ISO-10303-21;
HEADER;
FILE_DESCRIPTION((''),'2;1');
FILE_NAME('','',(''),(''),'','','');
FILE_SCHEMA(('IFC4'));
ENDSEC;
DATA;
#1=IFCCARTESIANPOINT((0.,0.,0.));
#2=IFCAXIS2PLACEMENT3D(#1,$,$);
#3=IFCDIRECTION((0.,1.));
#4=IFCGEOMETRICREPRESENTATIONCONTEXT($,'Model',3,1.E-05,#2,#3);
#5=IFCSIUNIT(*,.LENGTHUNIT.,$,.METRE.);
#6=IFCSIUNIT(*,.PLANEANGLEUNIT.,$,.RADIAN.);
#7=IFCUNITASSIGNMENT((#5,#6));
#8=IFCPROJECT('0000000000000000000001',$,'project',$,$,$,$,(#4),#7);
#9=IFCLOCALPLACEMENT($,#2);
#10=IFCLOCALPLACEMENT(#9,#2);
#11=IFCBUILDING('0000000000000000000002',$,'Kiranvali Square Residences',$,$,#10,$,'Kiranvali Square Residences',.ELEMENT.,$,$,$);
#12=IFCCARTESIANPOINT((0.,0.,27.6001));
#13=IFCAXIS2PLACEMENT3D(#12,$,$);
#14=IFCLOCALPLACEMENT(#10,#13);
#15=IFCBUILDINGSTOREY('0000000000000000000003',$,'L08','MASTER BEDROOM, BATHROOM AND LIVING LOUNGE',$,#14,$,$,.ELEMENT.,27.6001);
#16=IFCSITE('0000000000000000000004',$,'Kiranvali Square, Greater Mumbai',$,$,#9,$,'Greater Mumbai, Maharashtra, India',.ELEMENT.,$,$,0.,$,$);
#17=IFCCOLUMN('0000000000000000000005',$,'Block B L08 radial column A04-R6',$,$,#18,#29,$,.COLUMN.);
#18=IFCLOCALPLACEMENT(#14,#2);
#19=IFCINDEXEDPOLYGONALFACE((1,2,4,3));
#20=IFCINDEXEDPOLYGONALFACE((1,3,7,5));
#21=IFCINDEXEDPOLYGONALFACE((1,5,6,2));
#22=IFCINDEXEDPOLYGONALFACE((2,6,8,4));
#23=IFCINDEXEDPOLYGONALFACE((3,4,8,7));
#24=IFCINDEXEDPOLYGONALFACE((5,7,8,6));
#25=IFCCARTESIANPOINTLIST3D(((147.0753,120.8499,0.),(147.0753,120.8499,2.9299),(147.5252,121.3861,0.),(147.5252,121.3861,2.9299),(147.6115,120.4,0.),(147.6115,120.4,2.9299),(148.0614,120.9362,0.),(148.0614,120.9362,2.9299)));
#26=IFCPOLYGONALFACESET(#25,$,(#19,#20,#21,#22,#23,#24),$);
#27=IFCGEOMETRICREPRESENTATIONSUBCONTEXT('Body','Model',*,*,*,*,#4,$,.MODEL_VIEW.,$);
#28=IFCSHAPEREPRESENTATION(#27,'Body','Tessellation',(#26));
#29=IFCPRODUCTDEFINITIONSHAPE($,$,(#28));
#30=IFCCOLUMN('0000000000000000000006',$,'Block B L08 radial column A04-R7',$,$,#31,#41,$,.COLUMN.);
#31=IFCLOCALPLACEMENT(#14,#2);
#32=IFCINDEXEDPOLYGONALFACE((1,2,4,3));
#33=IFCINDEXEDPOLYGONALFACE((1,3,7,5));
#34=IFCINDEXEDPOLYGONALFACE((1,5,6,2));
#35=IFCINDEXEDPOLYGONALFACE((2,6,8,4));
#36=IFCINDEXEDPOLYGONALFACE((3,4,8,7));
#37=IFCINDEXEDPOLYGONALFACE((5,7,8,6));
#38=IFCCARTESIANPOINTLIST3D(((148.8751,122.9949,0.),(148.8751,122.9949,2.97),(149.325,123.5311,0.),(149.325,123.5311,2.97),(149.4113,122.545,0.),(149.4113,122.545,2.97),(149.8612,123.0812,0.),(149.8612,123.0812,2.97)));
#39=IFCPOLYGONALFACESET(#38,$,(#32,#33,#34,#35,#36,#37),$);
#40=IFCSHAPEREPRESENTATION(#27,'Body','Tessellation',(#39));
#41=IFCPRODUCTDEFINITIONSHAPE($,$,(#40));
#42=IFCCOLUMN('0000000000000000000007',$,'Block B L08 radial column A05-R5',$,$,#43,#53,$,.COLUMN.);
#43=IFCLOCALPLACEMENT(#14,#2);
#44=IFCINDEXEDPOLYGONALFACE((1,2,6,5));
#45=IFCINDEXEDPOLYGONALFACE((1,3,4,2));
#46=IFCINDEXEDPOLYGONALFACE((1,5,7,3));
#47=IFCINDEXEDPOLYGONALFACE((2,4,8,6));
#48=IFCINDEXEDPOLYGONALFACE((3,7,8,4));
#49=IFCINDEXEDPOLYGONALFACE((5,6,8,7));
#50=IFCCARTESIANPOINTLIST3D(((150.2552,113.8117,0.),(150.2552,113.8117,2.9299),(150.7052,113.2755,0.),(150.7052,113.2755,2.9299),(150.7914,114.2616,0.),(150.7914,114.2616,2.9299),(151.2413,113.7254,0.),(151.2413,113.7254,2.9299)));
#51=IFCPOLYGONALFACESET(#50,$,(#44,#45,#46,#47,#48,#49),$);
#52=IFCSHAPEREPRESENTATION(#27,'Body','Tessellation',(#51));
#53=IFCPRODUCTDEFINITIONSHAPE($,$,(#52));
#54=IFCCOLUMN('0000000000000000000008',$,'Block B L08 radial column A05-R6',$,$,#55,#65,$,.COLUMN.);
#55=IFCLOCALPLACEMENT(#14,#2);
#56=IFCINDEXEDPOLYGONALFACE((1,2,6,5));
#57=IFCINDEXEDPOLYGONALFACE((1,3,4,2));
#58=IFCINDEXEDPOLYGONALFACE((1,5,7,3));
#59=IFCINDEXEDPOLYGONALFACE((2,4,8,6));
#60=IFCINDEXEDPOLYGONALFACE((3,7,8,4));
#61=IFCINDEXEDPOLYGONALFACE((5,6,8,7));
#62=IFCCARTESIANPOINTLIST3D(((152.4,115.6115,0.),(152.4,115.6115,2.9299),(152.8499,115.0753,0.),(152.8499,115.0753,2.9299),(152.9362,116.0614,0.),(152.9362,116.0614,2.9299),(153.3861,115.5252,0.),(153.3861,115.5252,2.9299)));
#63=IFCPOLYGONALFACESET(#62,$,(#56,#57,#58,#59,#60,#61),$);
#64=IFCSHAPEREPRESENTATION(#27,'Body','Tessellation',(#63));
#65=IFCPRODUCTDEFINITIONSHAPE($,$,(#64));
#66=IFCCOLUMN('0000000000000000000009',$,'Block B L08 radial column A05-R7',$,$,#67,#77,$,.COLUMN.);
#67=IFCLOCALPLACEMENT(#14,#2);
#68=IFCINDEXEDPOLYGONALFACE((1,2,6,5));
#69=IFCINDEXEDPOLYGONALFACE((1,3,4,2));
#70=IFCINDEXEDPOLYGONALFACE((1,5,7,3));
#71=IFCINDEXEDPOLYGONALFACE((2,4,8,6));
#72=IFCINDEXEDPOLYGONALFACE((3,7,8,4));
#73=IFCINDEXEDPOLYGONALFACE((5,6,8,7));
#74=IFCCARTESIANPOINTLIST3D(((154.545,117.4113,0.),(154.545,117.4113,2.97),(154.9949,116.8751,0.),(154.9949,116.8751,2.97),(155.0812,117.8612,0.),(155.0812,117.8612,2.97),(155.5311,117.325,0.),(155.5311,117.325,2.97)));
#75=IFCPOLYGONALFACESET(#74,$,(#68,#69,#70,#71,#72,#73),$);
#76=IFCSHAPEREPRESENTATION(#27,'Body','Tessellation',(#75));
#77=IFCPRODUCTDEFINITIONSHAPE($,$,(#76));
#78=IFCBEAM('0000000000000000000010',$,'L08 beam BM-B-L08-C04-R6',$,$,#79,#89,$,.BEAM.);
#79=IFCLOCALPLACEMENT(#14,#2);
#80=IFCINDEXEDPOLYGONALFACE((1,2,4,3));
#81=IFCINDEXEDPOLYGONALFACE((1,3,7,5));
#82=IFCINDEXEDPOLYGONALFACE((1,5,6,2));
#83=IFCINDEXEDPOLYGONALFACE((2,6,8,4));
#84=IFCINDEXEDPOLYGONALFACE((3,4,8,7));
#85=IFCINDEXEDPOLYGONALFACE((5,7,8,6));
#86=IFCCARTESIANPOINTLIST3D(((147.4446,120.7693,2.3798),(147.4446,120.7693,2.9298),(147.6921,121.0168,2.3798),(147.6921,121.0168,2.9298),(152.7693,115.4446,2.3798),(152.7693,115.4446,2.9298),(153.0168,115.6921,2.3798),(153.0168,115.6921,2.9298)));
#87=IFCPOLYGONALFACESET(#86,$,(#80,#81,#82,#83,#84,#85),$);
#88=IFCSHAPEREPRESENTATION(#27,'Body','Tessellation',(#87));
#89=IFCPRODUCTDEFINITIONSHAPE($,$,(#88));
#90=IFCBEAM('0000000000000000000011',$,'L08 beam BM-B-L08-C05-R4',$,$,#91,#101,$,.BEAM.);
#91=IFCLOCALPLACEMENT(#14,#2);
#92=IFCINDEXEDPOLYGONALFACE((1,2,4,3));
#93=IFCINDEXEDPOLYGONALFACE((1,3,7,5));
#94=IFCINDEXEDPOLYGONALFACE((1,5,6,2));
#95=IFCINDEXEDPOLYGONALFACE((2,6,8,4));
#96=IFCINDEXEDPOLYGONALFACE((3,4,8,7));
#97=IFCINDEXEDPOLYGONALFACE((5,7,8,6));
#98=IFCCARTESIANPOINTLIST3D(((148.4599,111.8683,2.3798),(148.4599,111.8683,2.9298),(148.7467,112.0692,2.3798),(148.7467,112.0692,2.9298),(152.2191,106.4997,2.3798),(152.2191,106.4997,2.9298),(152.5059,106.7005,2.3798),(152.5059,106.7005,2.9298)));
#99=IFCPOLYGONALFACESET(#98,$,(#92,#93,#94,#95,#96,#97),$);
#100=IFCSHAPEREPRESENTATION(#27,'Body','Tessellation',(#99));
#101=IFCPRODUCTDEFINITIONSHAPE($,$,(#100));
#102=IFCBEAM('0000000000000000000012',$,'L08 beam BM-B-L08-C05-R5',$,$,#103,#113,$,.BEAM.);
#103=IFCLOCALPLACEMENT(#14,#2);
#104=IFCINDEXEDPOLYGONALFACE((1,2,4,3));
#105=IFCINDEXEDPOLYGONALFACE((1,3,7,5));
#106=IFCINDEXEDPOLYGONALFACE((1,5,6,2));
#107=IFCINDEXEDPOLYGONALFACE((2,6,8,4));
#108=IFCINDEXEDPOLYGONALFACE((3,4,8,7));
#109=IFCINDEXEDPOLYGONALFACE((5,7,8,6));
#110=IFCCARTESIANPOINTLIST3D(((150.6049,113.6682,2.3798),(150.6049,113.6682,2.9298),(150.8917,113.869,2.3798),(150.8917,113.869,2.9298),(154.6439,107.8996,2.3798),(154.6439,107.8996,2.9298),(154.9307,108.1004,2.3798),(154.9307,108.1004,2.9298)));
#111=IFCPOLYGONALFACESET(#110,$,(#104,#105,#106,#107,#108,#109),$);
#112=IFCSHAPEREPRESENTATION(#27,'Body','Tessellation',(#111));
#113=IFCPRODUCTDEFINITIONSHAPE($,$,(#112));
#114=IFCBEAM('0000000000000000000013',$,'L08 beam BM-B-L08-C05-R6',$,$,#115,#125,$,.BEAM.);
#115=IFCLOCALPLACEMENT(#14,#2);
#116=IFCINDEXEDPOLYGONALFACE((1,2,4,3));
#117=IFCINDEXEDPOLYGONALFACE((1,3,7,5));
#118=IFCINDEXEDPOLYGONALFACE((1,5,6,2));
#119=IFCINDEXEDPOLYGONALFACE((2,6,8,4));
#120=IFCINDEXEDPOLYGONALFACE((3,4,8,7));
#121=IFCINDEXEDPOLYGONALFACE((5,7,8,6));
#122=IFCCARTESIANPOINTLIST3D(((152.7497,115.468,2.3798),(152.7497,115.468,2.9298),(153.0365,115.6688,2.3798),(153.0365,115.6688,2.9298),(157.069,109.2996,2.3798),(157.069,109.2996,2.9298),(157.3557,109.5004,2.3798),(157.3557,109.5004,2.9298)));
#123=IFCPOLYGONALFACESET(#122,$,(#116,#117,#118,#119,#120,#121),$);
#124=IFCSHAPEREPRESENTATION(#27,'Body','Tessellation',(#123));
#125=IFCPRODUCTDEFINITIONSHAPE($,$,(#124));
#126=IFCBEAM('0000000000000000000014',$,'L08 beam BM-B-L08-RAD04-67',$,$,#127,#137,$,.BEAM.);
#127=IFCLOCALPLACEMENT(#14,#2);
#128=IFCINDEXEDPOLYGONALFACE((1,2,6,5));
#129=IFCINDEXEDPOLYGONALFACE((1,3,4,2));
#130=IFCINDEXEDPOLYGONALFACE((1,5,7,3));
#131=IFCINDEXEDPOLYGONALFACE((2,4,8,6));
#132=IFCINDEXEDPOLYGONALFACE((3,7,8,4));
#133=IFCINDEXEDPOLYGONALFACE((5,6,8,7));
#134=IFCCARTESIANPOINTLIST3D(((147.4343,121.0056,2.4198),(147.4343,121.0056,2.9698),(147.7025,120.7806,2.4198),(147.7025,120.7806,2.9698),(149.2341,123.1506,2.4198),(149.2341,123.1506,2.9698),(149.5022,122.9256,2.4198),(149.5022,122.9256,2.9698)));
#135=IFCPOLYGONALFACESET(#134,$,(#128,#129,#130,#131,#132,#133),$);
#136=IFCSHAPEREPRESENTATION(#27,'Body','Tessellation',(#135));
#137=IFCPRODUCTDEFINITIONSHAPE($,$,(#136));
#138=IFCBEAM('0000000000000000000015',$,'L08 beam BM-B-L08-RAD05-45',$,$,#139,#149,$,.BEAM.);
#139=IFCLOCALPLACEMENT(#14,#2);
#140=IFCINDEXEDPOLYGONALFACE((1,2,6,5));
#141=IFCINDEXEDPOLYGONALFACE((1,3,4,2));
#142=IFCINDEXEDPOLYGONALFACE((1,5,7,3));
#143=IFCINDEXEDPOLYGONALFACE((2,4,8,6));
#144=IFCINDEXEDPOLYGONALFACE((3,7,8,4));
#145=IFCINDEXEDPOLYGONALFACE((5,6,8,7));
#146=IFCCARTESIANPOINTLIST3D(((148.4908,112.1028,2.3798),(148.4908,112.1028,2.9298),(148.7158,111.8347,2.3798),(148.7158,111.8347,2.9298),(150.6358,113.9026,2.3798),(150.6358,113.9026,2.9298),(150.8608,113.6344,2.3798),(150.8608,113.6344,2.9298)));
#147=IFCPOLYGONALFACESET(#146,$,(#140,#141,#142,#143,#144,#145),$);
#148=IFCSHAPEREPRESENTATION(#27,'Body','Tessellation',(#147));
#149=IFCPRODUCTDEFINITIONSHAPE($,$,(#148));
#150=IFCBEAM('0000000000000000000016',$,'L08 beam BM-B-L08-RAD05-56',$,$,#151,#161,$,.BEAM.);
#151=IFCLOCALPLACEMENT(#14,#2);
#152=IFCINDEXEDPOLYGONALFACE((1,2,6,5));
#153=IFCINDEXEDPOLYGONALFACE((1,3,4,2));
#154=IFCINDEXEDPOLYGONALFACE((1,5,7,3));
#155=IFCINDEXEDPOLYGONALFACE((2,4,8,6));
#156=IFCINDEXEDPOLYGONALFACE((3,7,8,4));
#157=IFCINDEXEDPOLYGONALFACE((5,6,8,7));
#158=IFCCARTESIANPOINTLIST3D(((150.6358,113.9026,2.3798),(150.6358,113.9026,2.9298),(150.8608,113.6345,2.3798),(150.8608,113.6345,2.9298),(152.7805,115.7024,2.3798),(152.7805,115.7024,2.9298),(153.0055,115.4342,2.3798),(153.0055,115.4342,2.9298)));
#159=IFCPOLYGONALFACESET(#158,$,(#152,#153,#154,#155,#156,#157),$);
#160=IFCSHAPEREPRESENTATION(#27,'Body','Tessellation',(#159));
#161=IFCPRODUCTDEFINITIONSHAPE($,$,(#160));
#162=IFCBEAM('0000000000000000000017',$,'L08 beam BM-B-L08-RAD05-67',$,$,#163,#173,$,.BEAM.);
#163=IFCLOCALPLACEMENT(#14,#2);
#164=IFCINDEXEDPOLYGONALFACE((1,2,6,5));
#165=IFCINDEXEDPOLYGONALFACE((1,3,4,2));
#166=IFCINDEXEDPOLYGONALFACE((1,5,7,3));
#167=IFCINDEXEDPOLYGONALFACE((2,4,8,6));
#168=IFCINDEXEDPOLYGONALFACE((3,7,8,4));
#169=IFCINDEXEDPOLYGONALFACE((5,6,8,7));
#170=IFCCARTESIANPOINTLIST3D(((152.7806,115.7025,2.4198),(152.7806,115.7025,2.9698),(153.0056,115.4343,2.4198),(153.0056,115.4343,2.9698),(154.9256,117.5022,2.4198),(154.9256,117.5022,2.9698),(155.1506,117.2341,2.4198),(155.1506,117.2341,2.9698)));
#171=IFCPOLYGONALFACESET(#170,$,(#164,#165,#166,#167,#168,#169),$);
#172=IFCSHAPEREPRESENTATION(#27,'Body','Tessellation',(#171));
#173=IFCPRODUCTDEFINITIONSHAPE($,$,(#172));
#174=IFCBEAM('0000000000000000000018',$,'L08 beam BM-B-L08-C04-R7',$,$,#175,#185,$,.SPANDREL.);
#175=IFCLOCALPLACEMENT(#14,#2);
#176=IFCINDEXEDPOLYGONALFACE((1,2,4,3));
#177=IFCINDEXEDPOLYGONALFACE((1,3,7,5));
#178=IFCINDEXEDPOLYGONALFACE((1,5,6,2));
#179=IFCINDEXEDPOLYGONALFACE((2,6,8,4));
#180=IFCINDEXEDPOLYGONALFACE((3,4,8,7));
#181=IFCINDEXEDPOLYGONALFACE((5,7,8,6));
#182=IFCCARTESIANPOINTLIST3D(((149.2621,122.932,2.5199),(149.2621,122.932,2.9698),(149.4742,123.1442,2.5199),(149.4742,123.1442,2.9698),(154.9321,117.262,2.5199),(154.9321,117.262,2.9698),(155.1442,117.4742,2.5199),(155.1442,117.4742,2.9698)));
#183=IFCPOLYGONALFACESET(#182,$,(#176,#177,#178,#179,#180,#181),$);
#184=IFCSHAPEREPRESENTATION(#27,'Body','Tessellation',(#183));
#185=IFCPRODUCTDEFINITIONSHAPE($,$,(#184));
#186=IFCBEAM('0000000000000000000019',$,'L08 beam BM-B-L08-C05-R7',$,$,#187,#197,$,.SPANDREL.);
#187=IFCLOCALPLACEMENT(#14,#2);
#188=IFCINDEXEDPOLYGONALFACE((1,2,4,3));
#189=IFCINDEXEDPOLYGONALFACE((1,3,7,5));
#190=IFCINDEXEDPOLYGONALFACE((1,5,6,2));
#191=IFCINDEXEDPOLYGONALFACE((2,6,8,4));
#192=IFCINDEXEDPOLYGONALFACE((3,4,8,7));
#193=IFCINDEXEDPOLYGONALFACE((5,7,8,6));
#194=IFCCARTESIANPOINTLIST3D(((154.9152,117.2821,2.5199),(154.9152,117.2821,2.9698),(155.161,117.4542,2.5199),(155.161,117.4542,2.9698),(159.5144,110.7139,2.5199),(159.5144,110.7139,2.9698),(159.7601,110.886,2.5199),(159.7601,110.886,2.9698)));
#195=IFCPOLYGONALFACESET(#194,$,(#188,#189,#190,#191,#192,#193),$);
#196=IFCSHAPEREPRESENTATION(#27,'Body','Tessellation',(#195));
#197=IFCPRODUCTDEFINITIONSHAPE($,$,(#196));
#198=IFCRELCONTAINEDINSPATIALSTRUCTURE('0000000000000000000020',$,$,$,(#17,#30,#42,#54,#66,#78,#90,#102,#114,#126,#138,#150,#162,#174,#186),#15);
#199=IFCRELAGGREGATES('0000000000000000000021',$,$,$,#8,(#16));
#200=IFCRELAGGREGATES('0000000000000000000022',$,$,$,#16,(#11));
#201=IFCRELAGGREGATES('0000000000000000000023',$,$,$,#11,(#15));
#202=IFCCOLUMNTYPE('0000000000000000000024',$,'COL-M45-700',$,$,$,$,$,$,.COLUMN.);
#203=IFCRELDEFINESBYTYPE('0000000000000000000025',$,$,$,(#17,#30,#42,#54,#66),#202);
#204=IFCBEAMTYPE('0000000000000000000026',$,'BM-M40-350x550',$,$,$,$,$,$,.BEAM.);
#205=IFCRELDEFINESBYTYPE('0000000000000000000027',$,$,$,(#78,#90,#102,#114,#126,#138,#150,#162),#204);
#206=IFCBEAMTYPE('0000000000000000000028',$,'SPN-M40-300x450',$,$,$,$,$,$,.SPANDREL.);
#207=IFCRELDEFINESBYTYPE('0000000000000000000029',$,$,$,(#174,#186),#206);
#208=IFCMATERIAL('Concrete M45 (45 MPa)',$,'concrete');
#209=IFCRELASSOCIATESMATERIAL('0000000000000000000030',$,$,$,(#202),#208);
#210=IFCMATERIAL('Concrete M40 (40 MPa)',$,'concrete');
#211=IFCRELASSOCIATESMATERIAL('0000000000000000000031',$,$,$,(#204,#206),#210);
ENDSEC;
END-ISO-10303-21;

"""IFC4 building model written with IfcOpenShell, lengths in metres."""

from ifc_helpers import new_model, si_unit, direction, frame, origin, origin_2d, place, context, subcontext, project, spatial, rectangle, extrude, material, material_profile, profile_set, type_object, element, save


model = new_model("IFC4")

# Units and contexts
model_context = context("Model", 3, precision=1e-05, world=origin(), true_north=direction((0.0, 1.0)))
body_context = subcontext(model_context, "Body", "Model", "MODEL_VIEW")
ifc_project = project(units=[si_unit("LENGTHUNIT", "METRE"), si_unit("PLANEANGLEUNIT", "RADIAN")], contexts=[model_context])

# Site, building, storey
site_placement = place(None, origin())
site = spatial("IfcSite", under=ifc_project, at=site_placement, Name="Kiranvali Square, Greater Mumbai", LongName="Greater Mumbai, Maharashtra, India", CompositionType="ELEMENT", RefElevation=0.0)
building_placement = place(site_placement, origin())
building = spatial("IfcBuilding", under=site, at=building_placement, Name="Kiranvali Square Residences", LongName="Kiranvali Square Residences", CompositionType="ELEMENT")
storey_placement = place(building_placement, frame((0.0, 0.0, 27.6001)))
storey = spatial("IfcBuildingStorey", under=building, at=storey_placement, Name="L08", Description="MASTER BEDROOM, BATHROOM AND LIVING LOUNGE", CompositionType="ELEMENT", Elevation=27.6001)

# Columns
ifc_material_1 = material(Name="Concrete M45 (45 MPa)", Category="concrete")
ifc_material_profile_1 = material_profile(ifc_material_1, rectangle(XDim=0.7, YDim=0.7, at=origin_2d()), Name="RC 700x700")
ifc_profile_set_1 = profile_set([ifc_material_profile_1], Name="Concrete M45 (45 MPa)")
column_type = type_object("IfcColumnType", Name="COL-M45-700", PredefinedType="COLUMN", material=ifc_profile_set_1)
column_1_placement = place(storey_placement, frame((147.5684, 120.8931, 0.0), z_axis=(0.0, 0.0, 1.0), x_axis=(-0.766044, 0.642788, 0.0)))
element("IfcColumn", 1, at=column_1_placement, inside=storey, type_object=column_type, Name="Block B L08 radial column A04-R6", PredefinedType="COLUMN", context=body_context, shape_type="SweptSolid", body=[
    extrude(rectangle(XDim=0.7, YDim=0.7, at=origin_2d()), origin(), (0.0, 0.0, 1.0), 2.9299),
])
column_2_placement = place(storey_placement, frame((149.3682, 123.0381, 0.0), z_axis=(0.0, 0.0, 1.0), x_axis=(-0.766044, 0.642788, 0.0)))
element("IfcColumn", 2, at=column_2_placement, inside=storey, type_object=column_type, Name="Block B L08 radial column A04-R7", PredefinedType="COLUMN", context=body_context, shape_type="SweptSolid", body=[
    extrude(rectangle(XDim=0.7, YDim=0.7, at=origin_2d()), origin(), (0.0, 0.0, 1.0), 2.97),
])
for number, where, z_axis, x_axis, name in (
    (3, (150.7483, 113.7686, 0.0), (0.0, 0.0, 1.0), (-0.642788, 0.766044, 0.0), "Block B L08 radial column A05-R5"),
    (4, (152.8931, 115.5684, 0.0), (0.0, 0.0, 1.0), (-0.642788, 0.766044, 0.0), "Block B L08 radial column A05-R6"),
):
    element("IfcColumn", number, at=place(storey_placement, frame(where, z_axis=z_axis, x_axis=x_axis)), inside=storey, type_object=column_type, Name=name, PredefinedType="COLUMN", context=body_context, shape_type="SweptSolid", body=[
        extrude(rectangle(XDim=0.7, YDim=0.7, at=origin_2d()), origin(), (0.0, 0.0, 1.0), 2.9299),
    ])
column_3_placement = place(storey_placement, frame((155.0381, 117.3682, 0.0), z_axis=(0.0, 0.0, 1.0), x_axis=(-0.642788, 0.766044, 0.0)))
element("IfcColumn", 5, at=column_3_placement, inside=storey, type_object=column_type, Name="Block B L08 radial column A05-R7", PredefinedType="COLUMN", context=body_context, shape_type="SweptSolid", body=[
    extrude(rectangle(XDim=0.7, YDim=0.7, at=origin_2d()), origin(), (0.0, 0.0, 1.0), 2.97),
])

# Beams
ifc_material_2 = material(Name="Concrete M40 (40 MPa)", Category="concrete")
ifc_material_profile_2 = material_profile(ifc_material_2, rectangle(XDim=0.3501, YDim=0.55, at=origin_2d()), Name="RC 350x550")
ifc_profile_set_2 = profile_set([ifc_material_profile_2], Name="Concrete M40 (40 MPa)")
beam_type_1 = type_object("IfcBeamType", Name="BM-M40-350x550", PredefinedType="BEAM", material=ifc_profile_set_2)
beam_1_placement = place(storey_placement, frame((147.5684, 120.8931, 2.6548), z_axis=(0.707107, -0.707107, 0.0), x_axis=(0.707107, 0.707107, 0.0)))
element("IfcBeam", 6, at=beam_1_placement, inside=storey, type_object=beam_type_1, Name="L08 beam BM-B-L08-C04-R6", PredefinedType="BEAM", context=body_context, shape_type="SweptSolid", body=[
    extrude(rectangle(XDim=0.3501, YDim=0.55, at=origin_2d()), origin(), (0.0, 0.0, 1.0), 7.5303),
])
beam_2_placement = place(storey_placement, frame((148.6033, 111.9688, 2.6548), z_axis=(0.573587, -0.819144, 0.0), x_axis=(0.819144, 0.573587, 0.0)))
element("IfcBeam", 7, at=beam_2_placement, inside=storey, type_object=beam_type_1, Name="L08 beam BM-B-L08-C05-R4", PredefinedType="BEAM", context=body_context, shape_type="SweptSolid", body=[
    extrude(rectangle(XDim=0.3501, YDim=0.55, at=origin_2d()), origin(), (0.0, 0.0, 1.0), 6.554),
])
beam_3_placement = place(storey_placement, frame((150.7483, 113.7686, 2.6548), z_axis=(0.573565, -0.81916, 0.0), x_axis=(0.81916, 0.573565, 0.0)))
element("IfcBeam", 8, at=beam_3_placement, inside=storey, type_object=beam_type_1, Name="L08 beam BM-B-L08-C05-R5", PredefinedType="BEAM", context=body_context, shape_type="SweptSolid", body=[
    extrude(rectangle(XDim=0.3501, YDim=0.55, at=origin_2d()), origin(), (0.0, 0.0, 1.0), 7.042),
])
beam_4_placement = place(storey_placement, frame((152.8931, 115.5684, 2.6548), z_axis=(0.573589, -0.819144, 0.0), x_axis=(0.819144, 0.573589, 0.0)))
element("IfcBeam", 9, at=beam_4_placement, inside=storey, type_object=beam_type_1, Name="L08 beam BM-B-L08-C05-R6", PredefinedType="BEAM", context=body_context, shape_type="SweptSolid", body=[
    extrude(rectangle(XDim=0.3501, YDim=0.55, at=origin_2d()), origin(), (0.0, 0.0, 1.0), 7.5303),
])
for number, where, z_axis, x_axis, name in (
    (10, (147.5684, 120.8931, 2.6948), (0.642771, 0.766059, 0.0), (-0.766059, 0.642771, 0.0), "L08 beam BM-B-L08-RAD04-67"),
    (11, (148.6033, 111.9688, 2.6548), (0.766059, 0.642771, 0.0), (-0.642771, 0.766059, 0.0), "L08 beam BM-B-L08-RAD05-45"),
):
    element("IfcBeam", number, at=place(storey_placement, frame(where, z_axis=z_axis, x_axis=x_axis)), inside=storey, type_object=beam_type_1, Name=name, PredefinedType="BEAM", context=body_context, shape_type="SweptSolid", body=[
        extrude(rectangle(XDim=0.3501, YDim=0.55, at=origin_2d()), origin(), (0.0, 0.0, 1.0), 2.8),
    ])
beam_5_placement = place(storey_placement, frame((150.7483, 113.7686, 2.6548), z_axis=(0.766023, 0.642814, 0.0), x_axis=(-0.642814, 0.766023, 0.0)))
element("IfcBeam", 12, at=beam_5_placement, inside=storey, type_object=beam_type_1, Name="L08 beam BM-B-L08-RAD05-56", PredefinedType="BEAM", context=body_context, shape_type="SweptSolid", body=[
    extrude(rectangle(XDim=0.3501, YDim=0.55, at=origin_2d()), origin(), (0.0, 0.0, 1.0), 2.7998),
])
beam_6_placement = place(storey_placement, frame((152.8931, 115.5684, 2.6948), z_axis=(0.766059, 0.642771, 0.0), x_axis=(-0.642771, 0.766059, 0.0)))
element("IfcBeam", 13, at=beam_6_placement, inside=storey, type_object=beam_type_1, Name="L08 beam BM-B-L08-RAD05-67", PredefinedType="BEAM", context=body_context, shape_type="SweptSolid", body=[
    extrude(rectangle(XDim=0.3501, YDim=0.55, at=origin_2d()), origin(), (0.0, 0.0, 1.0), 2.8),
])
ifc_material_profile_3 = material_profile(ifc_material_2, rectangle(XDim=0.3, YDim=0.45, at=origin_2d()), Name="RC 300x450")
ifc_profile_set_3 = profile_set([ifc_material_profile_3], Name="Concrete M40 (40 MPa)")
beam_type_2 = type_object("IfcBeamType", Name="SPN-M40-300x450", PredefinedType="SPANDREL", material=ifc_profile_set_3)
beam_7_placement = place(storey_placement, frame((149.3682, 123.0381, 2.7449), z_axis=(0.707107, -0.707107, 0.0), x_axis=(0.707107, 0.707107, 0.0)))
element("IfcBeam", 14, at=beam_7_placement, inside=storey, type_object=beam_type_2, Name="L08 beam BM-B-L08-C04-R7", PredefinedType="SPANDREL", context=body_context, shape_type="SweptSolid", body=[
    extrude(rectangle(XDim=0.3, YDim=0.45, at=origin_2d()), origin(), (0.0, 0.0, 1.0), 8.0186),
])
beam_8_placement = place(storey_placement, frame((155.0381, 117.3682, 2.7449), z_axis=(0.573583, -0.819148, 0.0), x_axis=(0.819148, 0.573583, 0.0)))
element("IfcBeam", 15, at=beam_8_placement, inside=storey, type_object=beam_type_2, Name="L08 beam BM-B-L08-C05-R7", PredefinedType="SPANDREL", context=body_context, shape_type="SweptSolid", body=[
    extrude(rectangle(XDim=0.3, YDim=0.45, at=origin_2d()), origin(), (0.0, 0.0, 1.0), 8.0183),
])

save(model, "model.ifc")
